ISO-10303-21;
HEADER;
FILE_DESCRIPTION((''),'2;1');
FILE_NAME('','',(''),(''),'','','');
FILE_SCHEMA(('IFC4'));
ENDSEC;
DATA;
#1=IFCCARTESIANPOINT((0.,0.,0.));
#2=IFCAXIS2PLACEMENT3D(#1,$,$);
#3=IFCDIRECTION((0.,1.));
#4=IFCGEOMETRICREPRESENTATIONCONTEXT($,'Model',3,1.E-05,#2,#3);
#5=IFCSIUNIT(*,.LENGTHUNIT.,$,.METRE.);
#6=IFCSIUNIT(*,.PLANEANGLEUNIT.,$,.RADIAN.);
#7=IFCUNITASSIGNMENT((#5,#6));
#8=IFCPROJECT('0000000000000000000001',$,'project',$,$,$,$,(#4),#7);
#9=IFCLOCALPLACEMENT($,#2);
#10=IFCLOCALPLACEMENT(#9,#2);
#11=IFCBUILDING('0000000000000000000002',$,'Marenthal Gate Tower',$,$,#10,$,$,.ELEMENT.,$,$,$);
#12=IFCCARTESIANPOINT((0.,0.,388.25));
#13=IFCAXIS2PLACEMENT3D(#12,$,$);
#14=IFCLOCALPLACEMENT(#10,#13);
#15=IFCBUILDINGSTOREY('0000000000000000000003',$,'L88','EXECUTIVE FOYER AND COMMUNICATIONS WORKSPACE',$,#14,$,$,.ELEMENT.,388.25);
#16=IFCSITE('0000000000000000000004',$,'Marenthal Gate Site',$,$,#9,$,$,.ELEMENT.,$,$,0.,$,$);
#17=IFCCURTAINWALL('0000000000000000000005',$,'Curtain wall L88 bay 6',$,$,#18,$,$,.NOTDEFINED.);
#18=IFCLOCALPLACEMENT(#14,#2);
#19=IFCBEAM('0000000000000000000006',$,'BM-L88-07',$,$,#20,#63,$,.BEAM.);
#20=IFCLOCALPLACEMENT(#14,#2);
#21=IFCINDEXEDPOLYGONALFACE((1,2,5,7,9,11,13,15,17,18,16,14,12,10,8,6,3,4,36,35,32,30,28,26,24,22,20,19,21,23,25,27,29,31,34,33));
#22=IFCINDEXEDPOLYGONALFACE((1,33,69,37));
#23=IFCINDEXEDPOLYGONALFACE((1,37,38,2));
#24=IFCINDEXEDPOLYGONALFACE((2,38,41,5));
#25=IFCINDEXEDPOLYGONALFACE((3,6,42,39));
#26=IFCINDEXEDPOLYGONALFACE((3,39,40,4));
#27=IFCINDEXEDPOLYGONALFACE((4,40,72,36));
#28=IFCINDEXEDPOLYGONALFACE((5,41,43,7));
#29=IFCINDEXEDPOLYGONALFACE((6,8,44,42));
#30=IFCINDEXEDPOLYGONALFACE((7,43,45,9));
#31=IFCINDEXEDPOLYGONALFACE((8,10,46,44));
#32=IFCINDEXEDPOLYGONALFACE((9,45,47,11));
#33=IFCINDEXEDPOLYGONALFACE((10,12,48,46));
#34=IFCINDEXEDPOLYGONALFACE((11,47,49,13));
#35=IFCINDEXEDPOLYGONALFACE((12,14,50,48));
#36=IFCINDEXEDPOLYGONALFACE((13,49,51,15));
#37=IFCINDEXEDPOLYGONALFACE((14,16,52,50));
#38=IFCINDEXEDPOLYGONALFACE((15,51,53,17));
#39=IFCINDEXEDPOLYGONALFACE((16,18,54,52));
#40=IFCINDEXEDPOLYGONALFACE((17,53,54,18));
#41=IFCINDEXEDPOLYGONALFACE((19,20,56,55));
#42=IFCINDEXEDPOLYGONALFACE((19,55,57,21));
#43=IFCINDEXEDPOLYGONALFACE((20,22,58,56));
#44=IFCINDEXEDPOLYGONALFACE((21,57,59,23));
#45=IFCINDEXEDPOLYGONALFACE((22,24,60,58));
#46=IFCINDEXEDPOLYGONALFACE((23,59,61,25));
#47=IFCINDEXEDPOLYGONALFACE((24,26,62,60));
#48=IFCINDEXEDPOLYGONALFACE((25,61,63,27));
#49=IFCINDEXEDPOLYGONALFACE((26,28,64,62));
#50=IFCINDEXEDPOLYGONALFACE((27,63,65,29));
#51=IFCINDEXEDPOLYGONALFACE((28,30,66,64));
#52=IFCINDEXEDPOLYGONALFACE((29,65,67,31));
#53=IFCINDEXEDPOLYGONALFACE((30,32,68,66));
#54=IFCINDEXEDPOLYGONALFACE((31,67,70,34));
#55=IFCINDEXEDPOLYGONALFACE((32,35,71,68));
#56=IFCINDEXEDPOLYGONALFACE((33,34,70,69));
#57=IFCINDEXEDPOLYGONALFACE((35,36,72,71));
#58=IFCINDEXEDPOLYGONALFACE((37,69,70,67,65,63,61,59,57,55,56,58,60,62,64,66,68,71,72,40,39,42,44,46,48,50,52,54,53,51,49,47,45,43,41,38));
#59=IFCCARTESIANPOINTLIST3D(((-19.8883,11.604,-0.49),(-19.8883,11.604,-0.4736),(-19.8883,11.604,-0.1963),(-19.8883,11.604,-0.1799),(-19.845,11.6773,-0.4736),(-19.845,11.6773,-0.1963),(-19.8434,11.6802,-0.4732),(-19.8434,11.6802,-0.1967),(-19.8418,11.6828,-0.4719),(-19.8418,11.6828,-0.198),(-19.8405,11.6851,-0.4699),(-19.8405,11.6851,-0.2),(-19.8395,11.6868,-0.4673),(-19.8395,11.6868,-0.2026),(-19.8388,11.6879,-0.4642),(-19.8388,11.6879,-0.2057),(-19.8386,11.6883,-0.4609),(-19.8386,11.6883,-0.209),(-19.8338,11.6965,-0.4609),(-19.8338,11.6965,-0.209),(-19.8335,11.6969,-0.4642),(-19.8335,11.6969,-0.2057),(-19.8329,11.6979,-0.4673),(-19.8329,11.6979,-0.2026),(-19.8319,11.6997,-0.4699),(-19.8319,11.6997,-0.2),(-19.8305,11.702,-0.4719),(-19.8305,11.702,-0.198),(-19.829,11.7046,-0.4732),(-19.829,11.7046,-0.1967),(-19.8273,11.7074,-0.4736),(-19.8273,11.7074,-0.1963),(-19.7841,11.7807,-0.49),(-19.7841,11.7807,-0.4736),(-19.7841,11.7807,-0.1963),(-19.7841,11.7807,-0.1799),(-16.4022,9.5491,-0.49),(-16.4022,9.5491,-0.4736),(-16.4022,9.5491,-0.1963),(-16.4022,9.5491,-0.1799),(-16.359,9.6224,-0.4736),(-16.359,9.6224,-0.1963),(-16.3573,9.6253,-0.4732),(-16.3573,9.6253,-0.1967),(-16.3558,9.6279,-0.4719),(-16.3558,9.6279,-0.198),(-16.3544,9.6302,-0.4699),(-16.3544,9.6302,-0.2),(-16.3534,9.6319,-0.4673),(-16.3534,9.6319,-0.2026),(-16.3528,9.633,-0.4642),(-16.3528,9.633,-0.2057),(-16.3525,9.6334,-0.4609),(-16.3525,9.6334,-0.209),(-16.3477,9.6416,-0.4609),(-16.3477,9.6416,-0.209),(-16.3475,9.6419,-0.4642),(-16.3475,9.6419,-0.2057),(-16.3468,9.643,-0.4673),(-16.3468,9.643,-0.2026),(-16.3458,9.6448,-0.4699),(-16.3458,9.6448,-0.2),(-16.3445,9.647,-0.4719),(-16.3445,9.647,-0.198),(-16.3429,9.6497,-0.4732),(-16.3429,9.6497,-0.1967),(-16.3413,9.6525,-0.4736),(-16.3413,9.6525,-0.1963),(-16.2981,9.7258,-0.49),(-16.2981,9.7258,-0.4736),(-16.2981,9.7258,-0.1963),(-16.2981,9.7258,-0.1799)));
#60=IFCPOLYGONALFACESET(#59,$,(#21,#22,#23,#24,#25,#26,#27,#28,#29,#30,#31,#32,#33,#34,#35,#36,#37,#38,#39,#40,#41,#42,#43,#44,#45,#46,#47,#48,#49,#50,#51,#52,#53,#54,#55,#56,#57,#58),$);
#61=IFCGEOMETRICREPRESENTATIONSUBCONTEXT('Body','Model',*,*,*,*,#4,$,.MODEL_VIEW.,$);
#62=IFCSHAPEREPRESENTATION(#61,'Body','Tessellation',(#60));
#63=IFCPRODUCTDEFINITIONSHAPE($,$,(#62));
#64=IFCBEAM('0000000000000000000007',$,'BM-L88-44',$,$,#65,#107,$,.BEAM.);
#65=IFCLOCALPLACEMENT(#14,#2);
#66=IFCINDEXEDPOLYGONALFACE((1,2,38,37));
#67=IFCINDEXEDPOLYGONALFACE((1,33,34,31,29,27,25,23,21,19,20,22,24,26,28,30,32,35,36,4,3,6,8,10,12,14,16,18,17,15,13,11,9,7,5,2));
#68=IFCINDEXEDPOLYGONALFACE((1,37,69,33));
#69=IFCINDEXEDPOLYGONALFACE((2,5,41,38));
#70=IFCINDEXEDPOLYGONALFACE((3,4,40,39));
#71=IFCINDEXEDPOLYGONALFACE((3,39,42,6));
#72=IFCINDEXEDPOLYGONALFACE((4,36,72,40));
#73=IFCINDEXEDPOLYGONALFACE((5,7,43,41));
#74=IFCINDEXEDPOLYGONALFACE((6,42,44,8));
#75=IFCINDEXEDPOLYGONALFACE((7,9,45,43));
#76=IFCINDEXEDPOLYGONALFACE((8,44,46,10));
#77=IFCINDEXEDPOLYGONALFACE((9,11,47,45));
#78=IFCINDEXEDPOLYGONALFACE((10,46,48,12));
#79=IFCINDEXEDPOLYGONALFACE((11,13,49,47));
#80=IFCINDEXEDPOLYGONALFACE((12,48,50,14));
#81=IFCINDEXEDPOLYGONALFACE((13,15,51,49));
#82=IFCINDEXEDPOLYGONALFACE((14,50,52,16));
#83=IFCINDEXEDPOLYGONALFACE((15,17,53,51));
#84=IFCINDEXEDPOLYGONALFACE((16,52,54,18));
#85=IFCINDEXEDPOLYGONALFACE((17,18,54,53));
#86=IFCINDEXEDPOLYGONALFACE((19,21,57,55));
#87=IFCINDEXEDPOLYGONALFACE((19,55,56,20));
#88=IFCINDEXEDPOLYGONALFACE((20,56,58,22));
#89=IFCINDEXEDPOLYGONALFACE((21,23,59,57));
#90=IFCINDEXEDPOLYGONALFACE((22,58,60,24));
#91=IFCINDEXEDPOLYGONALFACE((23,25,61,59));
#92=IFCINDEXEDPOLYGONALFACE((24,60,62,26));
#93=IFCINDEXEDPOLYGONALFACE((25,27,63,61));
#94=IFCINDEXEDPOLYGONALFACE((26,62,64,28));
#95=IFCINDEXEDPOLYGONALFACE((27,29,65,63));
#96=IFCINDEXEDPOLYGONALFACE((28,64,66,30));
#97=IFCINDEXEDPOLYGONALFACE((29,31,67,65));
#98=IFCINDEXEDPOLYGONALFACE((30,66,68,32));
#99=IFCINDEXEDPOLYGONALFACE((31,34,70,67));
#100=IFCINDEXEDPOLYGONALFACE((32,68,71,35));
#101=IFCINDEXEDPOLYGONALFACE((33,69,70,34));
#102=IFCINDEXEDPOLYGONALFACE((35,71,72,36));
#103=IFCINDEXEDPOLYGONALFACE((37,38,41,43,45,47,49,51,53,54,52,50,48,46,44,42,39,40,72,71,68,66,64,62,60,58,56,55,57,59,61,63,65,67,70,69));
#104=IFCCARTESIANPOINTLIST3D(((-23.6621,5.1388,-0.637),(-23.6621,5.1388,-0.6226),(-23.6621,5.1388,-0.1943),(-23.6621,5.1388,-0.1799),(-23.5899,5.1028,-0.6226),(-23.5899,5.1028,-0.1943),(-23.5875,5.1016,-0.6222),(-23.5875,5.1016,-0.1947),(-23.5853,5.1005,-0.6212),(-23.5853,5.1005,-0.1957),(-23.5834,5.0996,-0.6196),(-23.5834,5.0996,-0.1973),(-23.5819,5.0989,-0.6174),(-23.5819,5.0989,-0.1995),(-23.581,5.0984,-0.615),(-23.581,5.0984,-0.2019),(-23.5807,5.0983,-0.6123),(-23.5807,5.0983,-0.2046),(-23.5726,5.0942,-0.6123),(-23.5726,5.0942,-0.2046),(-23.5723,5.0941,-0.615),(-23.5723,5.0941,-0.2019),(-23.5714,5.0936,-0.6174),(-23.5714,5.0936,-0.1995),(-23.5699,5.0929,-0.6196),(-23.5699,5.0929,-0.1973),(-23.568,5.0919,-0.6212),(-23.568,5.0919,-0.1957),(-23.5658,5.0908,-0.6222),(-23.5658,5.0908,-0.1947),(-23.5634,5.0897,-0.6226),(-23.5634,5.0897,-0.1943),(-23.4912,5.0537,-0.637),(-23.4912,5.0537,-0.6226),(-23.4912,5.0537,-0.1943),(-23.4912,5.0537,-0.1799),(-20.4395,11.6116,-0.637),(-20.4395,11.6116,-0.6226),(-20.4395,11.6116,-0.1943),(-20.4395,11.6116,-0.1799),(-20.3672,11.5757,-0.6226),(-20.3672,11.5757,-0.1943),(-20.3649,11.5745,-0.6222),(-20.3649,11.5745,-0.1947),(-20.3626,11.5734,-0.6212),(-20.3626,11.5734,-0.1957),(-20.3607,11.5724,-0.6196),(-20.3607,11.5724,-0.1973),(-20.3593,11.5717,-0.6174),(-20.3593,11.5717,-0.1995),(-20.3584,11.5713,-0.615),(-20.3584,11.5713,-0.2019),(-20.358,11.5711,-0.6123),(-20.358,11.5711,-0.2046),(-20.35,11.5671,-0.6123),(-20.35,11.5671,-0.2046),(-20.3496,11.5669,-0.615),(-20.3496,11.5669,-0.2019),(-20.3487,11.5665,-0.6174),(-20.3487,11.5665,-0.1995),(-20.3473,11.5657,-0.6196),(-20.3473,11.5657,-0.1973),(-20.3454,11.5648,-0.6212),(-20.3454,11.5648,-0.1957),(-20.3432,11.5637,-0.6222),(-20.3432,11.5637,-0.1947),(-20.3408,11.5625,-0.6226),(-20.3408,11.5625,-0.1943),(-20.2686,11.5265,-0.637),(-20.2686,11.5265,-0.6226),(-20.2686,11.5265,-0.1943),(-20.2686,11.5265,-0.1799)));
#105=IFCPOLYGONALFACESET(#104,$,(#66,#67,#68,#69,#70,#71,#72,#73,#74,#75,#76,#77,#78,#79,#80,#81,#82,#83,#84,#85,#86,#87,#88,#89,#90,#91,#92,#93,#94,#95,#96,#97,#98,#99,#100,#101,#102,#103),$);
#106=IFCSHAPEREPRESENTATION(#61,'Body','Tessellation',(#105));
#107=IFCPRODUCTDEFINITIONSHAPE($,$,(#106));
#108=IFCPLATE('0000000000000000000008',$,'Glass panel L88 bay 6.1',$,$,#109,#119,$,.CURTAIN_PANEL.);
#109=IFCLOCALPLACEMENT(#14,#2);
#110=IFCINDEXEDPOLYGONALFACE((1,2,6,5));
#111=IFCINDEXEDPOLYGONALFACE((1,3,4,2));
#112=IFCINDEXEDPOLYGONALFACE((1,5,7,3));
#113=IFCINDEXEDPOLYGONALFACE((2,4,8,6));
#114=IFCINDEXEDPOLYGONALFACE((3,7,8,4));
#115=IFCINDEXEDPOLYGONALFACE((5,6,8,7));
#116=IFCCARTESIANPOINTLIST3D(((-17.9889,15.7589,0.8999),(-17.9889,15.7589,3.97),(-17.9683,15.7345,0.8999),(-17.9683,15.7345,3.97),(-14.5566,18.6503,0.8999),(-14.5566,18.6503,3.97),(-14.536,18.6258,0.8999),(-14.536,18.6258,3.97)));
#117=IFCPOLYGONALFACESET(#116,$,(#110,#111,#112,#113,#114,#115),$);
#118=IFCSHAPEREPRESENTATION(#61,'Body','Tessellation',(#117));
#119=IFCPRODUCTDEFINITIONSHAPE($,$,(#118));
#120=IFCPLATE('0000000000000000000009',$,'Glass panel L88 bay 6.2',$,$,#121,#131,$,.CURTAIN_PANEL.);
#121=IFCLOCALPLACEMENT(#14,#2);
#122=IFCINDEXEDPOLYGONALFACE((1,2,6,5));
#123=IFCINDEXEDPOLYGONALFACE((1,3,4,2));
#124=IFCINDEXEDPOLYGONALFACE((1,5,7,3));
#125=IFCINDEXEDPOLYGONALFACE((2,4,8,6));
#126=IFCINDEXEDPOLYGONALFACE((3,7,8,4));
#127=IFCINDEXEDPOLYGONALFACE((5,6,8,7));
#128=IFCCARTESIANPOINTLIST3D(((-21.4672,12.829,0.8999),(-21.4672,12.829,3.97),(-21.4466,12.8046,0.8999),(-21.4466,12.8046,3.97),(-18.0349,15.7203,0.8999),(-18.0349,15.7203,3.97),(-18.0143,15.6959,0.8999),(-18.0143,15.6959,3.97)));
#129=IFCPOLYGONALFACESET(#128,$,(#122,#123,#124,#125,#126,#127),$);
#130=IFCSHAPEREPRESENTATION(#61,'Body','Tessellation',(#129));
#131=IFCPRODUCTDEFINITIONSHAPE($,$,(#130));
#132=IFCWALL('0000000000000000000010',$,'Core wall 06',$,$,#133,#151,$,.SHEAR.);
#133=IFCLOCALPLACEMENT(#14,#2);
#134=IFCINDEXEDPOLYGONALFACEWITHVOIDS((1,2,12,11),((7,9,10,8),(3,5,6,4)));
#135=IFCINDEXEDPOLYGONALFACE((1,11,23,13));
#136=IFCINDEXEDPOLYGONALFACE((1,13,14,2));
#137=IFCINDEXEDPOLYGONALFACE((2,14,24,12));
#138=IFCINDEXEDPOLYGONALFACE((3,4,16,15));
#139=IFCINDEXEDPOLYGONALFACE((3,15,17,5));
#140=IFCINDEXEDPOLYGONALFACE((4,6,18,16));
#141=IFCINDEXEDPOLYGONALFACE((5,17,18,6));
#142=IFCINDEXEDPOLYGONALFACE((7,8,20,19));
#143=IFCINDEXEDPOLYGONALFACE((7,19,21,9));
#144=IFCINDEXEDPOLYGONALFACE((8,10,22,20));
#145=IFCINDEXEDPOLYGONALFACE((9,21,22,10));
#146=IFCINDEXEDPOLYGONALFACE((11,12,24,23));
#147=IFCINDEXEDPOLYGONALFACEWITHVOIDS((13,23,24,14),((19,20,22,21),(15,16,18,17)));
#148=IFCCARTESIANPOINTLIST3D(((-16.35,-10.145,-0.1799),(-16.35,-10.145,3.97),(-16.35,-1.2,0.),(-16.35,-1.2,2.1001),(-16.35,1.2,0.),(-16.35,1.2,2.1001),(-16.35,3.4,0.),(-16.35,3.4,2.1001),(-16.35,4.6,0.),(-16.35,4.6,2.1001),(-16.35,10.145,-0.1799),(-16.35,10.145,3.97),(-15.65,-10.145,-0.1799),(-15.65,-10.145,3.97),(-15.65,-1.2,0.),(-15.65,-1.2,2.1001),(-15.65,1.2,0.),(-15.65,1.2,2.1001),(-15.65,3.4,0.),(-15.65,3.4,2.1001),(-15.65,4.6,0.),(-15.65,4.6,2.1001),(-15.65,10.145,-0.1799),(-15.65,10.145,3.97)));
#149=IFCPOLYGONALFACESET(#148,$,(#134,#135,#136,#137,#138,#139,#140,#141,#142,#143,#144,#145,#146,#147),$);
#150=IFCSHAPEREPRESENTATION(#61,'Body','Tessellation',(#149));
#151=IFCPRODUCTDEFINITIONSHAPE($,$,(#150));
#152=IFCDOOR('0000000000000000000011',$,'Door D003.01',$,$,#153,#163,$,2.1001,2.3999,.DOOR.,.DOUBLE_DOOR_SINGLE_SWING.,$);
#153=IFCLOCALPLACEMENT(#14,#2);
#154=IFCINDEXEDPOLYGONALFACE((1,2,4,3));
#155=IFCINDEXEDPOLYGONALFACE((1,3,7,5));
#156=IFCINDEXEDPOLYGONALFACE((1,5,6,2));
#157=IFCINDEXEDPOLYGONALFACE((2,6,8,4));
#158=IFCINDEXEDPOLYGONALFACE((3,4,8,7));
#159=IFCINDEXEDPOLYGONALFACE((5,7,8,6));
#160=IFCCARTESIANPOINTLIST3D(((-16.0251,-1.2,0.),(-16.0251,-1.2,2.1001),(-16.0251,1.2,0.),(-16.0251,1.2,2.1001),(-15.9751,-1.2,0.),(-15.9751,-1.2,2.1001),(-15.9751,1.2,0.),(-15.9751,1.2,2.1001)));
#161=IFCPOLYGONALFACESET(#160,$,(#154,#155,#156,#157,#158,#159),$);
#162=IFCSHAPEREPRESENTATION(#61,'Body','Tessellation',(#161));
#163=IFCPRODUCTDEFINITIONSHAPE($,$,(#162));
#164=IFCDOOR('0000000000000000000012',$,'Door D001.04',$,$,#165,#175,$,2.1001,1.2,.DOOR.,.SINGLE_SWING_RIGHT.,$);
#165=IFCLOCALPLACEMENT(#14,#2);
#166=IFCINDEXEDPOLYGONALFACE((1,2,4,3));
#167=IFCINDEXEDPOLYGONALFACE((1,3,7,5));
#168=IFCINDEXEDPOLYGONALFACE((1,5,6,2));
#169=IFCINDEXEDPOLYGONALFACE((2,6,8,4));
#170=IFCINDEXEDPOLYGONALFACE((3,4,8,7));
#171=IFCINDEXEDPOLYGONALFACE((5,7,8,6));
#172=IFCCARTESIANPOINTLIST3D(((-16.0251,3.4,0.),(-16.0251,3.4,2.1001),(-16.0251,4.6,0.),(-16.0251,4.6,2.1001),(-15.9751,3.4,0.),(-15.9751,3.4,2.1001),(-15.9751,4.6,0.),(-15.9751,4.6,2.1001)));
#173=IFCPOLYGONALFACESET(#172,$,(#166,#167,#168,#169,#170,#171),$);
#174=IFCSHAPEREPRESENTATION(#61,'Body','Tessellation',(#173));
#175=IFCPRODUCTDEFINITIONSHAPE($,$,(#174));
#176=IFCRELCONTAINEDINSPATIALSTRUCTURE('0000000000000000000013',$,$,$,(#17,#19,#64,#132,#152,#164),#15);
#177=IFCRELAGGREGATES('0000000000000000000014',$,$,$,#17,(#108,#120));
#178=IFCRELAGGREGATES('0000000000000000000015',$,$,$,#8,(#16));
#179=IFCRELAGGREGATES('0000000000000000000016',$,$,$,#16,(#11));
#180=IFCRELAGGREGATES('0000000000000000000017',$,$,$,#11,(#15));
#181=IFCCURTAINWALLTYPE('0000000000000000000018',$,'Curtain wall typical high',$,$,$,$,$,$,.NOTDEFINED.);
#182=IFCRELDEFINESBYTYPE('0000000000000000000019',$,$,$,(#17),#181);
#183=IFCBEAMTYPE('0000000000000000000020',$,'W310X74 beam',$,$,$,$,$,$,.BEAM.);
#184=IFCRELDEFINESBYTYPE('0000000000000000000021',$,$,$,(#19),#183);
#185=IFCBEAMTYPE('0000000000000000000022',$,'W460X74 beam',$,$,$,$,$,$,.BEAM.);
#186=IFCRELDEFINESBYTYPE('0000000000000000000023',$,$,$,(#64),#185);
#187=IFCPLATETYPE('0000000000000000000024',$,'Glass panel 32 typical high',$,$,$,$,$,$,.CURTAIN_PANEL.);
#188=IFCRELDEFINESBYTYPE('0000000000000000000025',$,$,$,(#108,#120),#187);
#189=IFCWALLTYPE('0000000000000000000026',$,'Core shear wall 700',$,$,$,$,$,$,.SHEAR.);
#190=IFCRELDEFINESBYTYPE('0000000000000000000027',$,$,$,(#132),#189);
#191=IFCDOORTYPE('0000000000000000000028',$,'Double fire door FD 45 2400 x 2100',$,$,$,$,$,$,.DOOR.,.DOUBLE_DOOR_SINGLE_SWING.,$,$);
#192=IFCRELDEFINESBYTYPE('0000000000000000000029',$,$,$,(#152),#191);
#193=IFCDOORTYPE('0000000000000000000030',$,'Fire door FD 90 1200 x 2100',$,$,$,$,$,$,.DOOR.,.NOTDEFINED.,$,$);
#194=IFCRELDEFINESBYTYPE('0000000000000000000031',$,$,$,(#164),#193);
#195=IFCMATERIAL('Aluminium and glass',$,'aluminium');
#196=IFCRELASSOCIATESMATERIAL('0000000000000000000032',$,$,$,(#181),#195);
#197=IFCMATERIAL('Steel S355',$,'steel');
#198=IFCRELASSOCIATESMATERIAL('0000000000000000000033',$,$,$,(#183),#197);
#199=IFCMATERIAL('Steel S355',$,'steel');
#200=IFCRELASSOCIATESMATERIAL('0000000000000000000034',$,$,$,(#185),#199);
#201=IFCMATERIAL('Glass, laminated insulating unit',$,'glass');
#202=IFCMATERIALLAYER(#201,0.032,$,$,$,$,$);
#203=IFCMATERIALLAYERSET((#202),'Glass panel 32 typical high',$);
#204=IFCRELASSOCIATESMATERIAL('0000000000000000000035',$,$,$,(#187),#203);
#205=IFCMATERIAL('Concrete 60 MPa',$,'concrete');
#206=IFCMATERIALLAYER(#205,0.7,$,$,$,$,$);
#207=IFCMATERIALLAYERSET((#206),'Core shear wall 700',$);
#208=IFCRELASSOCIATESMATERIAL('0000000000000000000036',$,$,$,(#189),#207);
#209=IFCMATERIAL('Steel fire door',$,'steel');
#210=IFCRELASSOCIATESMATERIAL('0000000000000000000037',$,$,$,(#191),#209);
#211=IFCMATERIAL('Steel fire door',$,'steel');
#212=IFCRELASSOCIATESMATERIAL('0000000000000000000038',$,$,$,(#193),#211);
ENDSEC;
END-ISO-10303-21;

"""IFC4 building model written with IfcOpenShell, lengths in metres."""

from ifc_helpers import new_model, si_unit, direction, frame, frame_2d, origin, origin_2d, place, context, subcontext, project, spatial, rectangle, i_section, extrude, material, layer, layer_set, material_profile, profile_set, type_object, element, fill, aggregate, save


model = new_model("IFC4")

# Units and contexts
model_context = context("Model", 3, precision=1e-05, world=origin(), true_north=direction((0.0, 1.0)))
body_context = subcontext(model_context, "Body", "Model", "MODEL_VIEW")
ifc_project = project(units=[si_unit("LENGTHUNIT", "METRE"), si_unit("PLANEANGLEUNIT", "RADIAN")], contexts=[model_context])

# Site, building, storey
site_placement = place(None, origin())
site = spatial("IfcSite", under=ifc_project, at=site_placement, Name="Marenthal Gate Site", CompositionType="ELEMENT", RefElevation=0.0)
building_placement = place(site_placement, origin())
building = spatial("IfcBuilding", under=site, at=building_placement, Name="Marenthal Gate Tower", CompositionType="ELEMENT")
storey_placement = place(building_placement, frame((0.0, 0.0, 388.25)))
storey = spatial("IfcBuildingStorey", under=building, at=storey_placement, Name="L88", Description="EXECUTIVE FOYER AND COMMUNICATIONS WORKSPACE", CompositionType="ELEMENT", Elevation=388.25)

# Curtain wall
ifc_material_1 = material(Name="Aluminium and glass", Category="aluminium")
curtain_wall_type = type_object("IfcCurtainWallType", Name="Curtain wall typical high", PredefinedType="NOTDEFINED", material=ifc_material_1)
curtain_wall_placement = place(storey_placement, origin())
curtain_wall = element("IfcCurtainWall", 1, at=curtain_wall_placement, inside=storey, type_object=curtain_wall_type, Name="Curtain wall L88 bay 6", PredefinedType="NOTDEFINED")

# Beams
ifc_material_2 = material(Name="Steel S355", Category="steel")
ifc_material_profile_1 = material_profile(ifc_material_2, i_section(OverallWidth=0.2051, OverallDepth=0.3101, WebThickness=0.0095, FlangeThickness=0.0164, FilletRadius=0.0127, at=origin_2d()), Name="W310X74")
ifc_profile_set_1 = profile_set([ifc_material_profile_1], Name="Steel S355")
beam_type_1 = type_object("IfcBeamType", Name="W310X74 beam", PredefinedType="BEAM", material=ifc_profile_set_1)
beam_1_placement = place(storey_placement, frame((-19.8362, 11.6924, -0.335), z_axis=(0.86147, -0.507808, 0.0), x_axis=(0.507808, 0.86147, 0.0)))
element("IfcBeam", 2, at=beam_1_placement, inside=storey, type_object=beam_type_1, Name="BM-L88-07", PredefinedType="BEAM", context=body_context, shape_type="SweptSolid", body=[
    extrude(i_section(OverallWidth=0.2051, OverallDepth=0.3101, WebThickness=0.0095, FlangeThickness=0.0164, FilletRadius=0.0127, at=origin_2d()), origin(), (0.0, 0.0, 1.0), 4.0466),
])
ifc_material_3 = material(Name="Steel S355", Category="steel")
ifc_material_profile_2 = material_profile(ifc_material_3, i_section(OverallWidth=0.1909, OverallDepth=0.457, WebThickness=0.009, FlangeThickness=0.0144, FilletRadius=0.0103, at=origin_2d()), Name="W460X74")
ifc_profile_set_2 = profile_set([ifc_material_profile_2], Name="Steel S355")
beam_type_2 = type_object("IfcBeamType", Name="W460X74 beam", PredefinedType="BEAM", material=ifc_profile_set_2)
beam_2_placement = place(storey_placement, frame((-20.354, 11.5691, -0.4084), z_axis=(-0.445687, -0.895189, 0.0), x_axis=(0.895189, -0.445687, 0.0)))
element("IfcBeam", 3, at=beam_2_placement, inside=storey, type_object=beam_type_2, Name="BM-L88-44", PredefinedType="BEAM", context=body_context, shape_type="SweptSolid", body=[
    extrude(i_section(OverallWidth=0.1909, OverallDepth=0.457, WebThickness=0.009, FlangeThickness=0.0144, FilletRadius=0.0103, at=origin_2d()), origin(), (0.0, 0.0, 1.0), 7.2307),
])

# Plates
ifc_material_4 = material(Name="Glass, laminated insulating unit", Category="glass")
ifc_layer_1 = layer(ifc_material_4, 0.032)
ifc_layer_set_1 = layer_set([ifc_layer_1], Name="Glass panel 32 typical high")
plate_type = type_object("IfcPlateType", Name="Glass panel 32 typical high", PredefinedType="CURTAIN_PANEL", material=ifc_layer_set_1)
plate_1_placement = place(storey_placement, frame((-16.2625, 17.1924, 0.8999), z_axis=(0.0, 0.0, 1.0), x_axis=(-0.764802, -0.644265, 0.0)))
plate_1 = element("IfcPlate", 4, at=plate_1_placement, type_object=plate_type, Name="Glass panel L88 bay 6.1", PredefinedType="CURTAIN_PANEL", context=body_context, shape_type="SweptSolid", body=[
    extrude(rectangle(XDim=4.4878, YDim=0.032, at=origin_2d()), origin(), (0.0, 0.0, 1.0), 3.0701),
])
plate_2_placement = place(storey_placement, frame((-19.7407, 14.2625, 0.8999), z_axis=(0.0, 0.0, 1.0), x_axis=(-0.764802, -0.644265, 0.0)))
plate_2 = element("IfcPlate", 5, at=plate_2_placement, type_object=plate_type, Name="Glass panel L88 bay 6.2", PredefinedType="CURTAIN_PANEL", context=body_context, shape_type="SweptSolid", body=[
    extrude(rectangle(XDim=4.4878, YDim=0.032, at=origin_2d()), origin(), (0.0, 0.0, 1.0), 3.0701),
])
aggregate(curtain_wall, [plate_1, plate_2])

# Wall, openings, doors
ifc_material_5 = material(Name="Concrete 60 MPa", Category="concrete")
ifc_layer_2 = layer(ifc_material_5, 0.7)
ifc_layer_set_2 = layer_set([ifc_layer_2], Name="Core shear wall 700")
wall_type_1 = type_object("IfcWallType", Name="Core shear wall 700", PredefinedType="SHEAR", material=ifc_layer_set_2)
wall_1_placement = place(storey_placement, frame((-16.0, 10.145, -0.1799), z_axis=(0.0, 0.0, 1.0), x_axis=(0.0, -1.0, 0.0)))
wall_1 = element("IfcWall", 6, at=wall_1_placement, inside=storey, type_object=wall_type_1, Name="Core wall 06", PredefinedType="SHEAR", context=body_context, shape_type="SweptSolid", body=[
    extrude(rectangle(XDim=20.29, YDim=0.7, at=frame_2d((10.145, 0.0))), origin(), (0.0, 0.0, 1.0), 4.1499),
])
opening_1_placement = place(wall_1_placement, frame((8.9451, 0.0, 0.1799)))
opening_1 = element("IfcOpeningElement", 7, at=opening_1_placement, cuts=wall_1, PredefinedType="OPENING", context=body_context, shape_type="SweptSolid", body=[
    extrude(rectangle(XDim=2.3999, YDim=2.1001, at=frame_2d((1.2, 1.05))), frame((0.0, 0.3599, 0.0), z_axis=(0.0, -1.0, 0.0), x_axis=(1.0, 0.0, 0.0)), (0.0, 0.0, 1.0), 0.72),
])
opening_2_placement = place(wall_1_placement, frame((5.5449, 0.0, 0.1799)))
opening_2 = element("IfcOpeningElement", 8, at=opening_2_placement, cuts=wall_1, PredefinedType="OPENING", context=body_context, shape_type="SweptSolid", body=[
    extrude(rectangle(XDim=1.2, YDim=2.1001, at=frame_2d((0.6001, 1.05))), frame((0.0, 0.3599, 0.0), z_axis=(0.0, -1.0, 0.0), x_axis=(1.0, 0.0, 0.0)), (0.0, 0.0, 1.0), 0.72),
])
ifc_material_6 = material(Name="Steel fire door", Category="steel")
door_type_1 = type_object("IfcDoorType", Name="Double fire door FD 45 2400 x 2100", OperationType="DOUBLE_DOOR_SINGLE_SWING", PredefinedType="DOOR", material=ifc_material_6)
door_1_placement = place(opening_1_placement, origin())
door_1 = element("IfcDoor", 9, at=door_1_placement, inside=storey, type_object=door_type_1, Name="Door D003.01", OperationType="DOUBLE_DOOR_SINGLE_SWING", OverallHeight=2.1001, OverallWidth=2.3999, PredefinedType="DOOR", context=body_context, shape_type="SweptSolid", body=[
    extrude(rectangle(XDim=2.3999, YDim=2.1001, at=frame_2d((1.2, 1.05))), frame((0.0, 0.0249, 0.0), z_axis=(0.0, -1.0, 0.0), x_axis=(1.0, 0.0, 0.0)), (0.0, 0.0, 1.0), 0.05),
])
fill(opening_1, door_1)
ifc_material_7 = material(Name="Steel fire door", Category="steel")
door_type_2 = type_object("IfcDoorType", Name="Fire door FD 90 1200 x 2100", OperationType="NOTDEFINED", PredefinedType="DOOR", material=ifc_material_7)
door_2_placement = place(opening_2_placement, origin())
door_2 = element("IfcDoor", 10, at=door_2_placement, inside=storey, type_object=door_type_2, Name="Door D001.04", OperationType="SINGLE_SWING_RIGHT", OverallHeight=2.1001, OverallWidth=1.2, PredefinedType="DOOR", context=body_context, shape_type="SweptSolid", body=[
    extrude(rectangle(XDim=1.2, YDim=2.1001, at=frame_2d((0.6001, 1.05))), frame((0.0, 0.0249, 0.0), z_axis=(0.0, -1.0, 0.0), x_axis=(1.0, 0.0, 0.0)), (0.0, 0.0, 1.0), 0.05),
])
fill(opening_2, door_2)

save(model, "model.ifc")
